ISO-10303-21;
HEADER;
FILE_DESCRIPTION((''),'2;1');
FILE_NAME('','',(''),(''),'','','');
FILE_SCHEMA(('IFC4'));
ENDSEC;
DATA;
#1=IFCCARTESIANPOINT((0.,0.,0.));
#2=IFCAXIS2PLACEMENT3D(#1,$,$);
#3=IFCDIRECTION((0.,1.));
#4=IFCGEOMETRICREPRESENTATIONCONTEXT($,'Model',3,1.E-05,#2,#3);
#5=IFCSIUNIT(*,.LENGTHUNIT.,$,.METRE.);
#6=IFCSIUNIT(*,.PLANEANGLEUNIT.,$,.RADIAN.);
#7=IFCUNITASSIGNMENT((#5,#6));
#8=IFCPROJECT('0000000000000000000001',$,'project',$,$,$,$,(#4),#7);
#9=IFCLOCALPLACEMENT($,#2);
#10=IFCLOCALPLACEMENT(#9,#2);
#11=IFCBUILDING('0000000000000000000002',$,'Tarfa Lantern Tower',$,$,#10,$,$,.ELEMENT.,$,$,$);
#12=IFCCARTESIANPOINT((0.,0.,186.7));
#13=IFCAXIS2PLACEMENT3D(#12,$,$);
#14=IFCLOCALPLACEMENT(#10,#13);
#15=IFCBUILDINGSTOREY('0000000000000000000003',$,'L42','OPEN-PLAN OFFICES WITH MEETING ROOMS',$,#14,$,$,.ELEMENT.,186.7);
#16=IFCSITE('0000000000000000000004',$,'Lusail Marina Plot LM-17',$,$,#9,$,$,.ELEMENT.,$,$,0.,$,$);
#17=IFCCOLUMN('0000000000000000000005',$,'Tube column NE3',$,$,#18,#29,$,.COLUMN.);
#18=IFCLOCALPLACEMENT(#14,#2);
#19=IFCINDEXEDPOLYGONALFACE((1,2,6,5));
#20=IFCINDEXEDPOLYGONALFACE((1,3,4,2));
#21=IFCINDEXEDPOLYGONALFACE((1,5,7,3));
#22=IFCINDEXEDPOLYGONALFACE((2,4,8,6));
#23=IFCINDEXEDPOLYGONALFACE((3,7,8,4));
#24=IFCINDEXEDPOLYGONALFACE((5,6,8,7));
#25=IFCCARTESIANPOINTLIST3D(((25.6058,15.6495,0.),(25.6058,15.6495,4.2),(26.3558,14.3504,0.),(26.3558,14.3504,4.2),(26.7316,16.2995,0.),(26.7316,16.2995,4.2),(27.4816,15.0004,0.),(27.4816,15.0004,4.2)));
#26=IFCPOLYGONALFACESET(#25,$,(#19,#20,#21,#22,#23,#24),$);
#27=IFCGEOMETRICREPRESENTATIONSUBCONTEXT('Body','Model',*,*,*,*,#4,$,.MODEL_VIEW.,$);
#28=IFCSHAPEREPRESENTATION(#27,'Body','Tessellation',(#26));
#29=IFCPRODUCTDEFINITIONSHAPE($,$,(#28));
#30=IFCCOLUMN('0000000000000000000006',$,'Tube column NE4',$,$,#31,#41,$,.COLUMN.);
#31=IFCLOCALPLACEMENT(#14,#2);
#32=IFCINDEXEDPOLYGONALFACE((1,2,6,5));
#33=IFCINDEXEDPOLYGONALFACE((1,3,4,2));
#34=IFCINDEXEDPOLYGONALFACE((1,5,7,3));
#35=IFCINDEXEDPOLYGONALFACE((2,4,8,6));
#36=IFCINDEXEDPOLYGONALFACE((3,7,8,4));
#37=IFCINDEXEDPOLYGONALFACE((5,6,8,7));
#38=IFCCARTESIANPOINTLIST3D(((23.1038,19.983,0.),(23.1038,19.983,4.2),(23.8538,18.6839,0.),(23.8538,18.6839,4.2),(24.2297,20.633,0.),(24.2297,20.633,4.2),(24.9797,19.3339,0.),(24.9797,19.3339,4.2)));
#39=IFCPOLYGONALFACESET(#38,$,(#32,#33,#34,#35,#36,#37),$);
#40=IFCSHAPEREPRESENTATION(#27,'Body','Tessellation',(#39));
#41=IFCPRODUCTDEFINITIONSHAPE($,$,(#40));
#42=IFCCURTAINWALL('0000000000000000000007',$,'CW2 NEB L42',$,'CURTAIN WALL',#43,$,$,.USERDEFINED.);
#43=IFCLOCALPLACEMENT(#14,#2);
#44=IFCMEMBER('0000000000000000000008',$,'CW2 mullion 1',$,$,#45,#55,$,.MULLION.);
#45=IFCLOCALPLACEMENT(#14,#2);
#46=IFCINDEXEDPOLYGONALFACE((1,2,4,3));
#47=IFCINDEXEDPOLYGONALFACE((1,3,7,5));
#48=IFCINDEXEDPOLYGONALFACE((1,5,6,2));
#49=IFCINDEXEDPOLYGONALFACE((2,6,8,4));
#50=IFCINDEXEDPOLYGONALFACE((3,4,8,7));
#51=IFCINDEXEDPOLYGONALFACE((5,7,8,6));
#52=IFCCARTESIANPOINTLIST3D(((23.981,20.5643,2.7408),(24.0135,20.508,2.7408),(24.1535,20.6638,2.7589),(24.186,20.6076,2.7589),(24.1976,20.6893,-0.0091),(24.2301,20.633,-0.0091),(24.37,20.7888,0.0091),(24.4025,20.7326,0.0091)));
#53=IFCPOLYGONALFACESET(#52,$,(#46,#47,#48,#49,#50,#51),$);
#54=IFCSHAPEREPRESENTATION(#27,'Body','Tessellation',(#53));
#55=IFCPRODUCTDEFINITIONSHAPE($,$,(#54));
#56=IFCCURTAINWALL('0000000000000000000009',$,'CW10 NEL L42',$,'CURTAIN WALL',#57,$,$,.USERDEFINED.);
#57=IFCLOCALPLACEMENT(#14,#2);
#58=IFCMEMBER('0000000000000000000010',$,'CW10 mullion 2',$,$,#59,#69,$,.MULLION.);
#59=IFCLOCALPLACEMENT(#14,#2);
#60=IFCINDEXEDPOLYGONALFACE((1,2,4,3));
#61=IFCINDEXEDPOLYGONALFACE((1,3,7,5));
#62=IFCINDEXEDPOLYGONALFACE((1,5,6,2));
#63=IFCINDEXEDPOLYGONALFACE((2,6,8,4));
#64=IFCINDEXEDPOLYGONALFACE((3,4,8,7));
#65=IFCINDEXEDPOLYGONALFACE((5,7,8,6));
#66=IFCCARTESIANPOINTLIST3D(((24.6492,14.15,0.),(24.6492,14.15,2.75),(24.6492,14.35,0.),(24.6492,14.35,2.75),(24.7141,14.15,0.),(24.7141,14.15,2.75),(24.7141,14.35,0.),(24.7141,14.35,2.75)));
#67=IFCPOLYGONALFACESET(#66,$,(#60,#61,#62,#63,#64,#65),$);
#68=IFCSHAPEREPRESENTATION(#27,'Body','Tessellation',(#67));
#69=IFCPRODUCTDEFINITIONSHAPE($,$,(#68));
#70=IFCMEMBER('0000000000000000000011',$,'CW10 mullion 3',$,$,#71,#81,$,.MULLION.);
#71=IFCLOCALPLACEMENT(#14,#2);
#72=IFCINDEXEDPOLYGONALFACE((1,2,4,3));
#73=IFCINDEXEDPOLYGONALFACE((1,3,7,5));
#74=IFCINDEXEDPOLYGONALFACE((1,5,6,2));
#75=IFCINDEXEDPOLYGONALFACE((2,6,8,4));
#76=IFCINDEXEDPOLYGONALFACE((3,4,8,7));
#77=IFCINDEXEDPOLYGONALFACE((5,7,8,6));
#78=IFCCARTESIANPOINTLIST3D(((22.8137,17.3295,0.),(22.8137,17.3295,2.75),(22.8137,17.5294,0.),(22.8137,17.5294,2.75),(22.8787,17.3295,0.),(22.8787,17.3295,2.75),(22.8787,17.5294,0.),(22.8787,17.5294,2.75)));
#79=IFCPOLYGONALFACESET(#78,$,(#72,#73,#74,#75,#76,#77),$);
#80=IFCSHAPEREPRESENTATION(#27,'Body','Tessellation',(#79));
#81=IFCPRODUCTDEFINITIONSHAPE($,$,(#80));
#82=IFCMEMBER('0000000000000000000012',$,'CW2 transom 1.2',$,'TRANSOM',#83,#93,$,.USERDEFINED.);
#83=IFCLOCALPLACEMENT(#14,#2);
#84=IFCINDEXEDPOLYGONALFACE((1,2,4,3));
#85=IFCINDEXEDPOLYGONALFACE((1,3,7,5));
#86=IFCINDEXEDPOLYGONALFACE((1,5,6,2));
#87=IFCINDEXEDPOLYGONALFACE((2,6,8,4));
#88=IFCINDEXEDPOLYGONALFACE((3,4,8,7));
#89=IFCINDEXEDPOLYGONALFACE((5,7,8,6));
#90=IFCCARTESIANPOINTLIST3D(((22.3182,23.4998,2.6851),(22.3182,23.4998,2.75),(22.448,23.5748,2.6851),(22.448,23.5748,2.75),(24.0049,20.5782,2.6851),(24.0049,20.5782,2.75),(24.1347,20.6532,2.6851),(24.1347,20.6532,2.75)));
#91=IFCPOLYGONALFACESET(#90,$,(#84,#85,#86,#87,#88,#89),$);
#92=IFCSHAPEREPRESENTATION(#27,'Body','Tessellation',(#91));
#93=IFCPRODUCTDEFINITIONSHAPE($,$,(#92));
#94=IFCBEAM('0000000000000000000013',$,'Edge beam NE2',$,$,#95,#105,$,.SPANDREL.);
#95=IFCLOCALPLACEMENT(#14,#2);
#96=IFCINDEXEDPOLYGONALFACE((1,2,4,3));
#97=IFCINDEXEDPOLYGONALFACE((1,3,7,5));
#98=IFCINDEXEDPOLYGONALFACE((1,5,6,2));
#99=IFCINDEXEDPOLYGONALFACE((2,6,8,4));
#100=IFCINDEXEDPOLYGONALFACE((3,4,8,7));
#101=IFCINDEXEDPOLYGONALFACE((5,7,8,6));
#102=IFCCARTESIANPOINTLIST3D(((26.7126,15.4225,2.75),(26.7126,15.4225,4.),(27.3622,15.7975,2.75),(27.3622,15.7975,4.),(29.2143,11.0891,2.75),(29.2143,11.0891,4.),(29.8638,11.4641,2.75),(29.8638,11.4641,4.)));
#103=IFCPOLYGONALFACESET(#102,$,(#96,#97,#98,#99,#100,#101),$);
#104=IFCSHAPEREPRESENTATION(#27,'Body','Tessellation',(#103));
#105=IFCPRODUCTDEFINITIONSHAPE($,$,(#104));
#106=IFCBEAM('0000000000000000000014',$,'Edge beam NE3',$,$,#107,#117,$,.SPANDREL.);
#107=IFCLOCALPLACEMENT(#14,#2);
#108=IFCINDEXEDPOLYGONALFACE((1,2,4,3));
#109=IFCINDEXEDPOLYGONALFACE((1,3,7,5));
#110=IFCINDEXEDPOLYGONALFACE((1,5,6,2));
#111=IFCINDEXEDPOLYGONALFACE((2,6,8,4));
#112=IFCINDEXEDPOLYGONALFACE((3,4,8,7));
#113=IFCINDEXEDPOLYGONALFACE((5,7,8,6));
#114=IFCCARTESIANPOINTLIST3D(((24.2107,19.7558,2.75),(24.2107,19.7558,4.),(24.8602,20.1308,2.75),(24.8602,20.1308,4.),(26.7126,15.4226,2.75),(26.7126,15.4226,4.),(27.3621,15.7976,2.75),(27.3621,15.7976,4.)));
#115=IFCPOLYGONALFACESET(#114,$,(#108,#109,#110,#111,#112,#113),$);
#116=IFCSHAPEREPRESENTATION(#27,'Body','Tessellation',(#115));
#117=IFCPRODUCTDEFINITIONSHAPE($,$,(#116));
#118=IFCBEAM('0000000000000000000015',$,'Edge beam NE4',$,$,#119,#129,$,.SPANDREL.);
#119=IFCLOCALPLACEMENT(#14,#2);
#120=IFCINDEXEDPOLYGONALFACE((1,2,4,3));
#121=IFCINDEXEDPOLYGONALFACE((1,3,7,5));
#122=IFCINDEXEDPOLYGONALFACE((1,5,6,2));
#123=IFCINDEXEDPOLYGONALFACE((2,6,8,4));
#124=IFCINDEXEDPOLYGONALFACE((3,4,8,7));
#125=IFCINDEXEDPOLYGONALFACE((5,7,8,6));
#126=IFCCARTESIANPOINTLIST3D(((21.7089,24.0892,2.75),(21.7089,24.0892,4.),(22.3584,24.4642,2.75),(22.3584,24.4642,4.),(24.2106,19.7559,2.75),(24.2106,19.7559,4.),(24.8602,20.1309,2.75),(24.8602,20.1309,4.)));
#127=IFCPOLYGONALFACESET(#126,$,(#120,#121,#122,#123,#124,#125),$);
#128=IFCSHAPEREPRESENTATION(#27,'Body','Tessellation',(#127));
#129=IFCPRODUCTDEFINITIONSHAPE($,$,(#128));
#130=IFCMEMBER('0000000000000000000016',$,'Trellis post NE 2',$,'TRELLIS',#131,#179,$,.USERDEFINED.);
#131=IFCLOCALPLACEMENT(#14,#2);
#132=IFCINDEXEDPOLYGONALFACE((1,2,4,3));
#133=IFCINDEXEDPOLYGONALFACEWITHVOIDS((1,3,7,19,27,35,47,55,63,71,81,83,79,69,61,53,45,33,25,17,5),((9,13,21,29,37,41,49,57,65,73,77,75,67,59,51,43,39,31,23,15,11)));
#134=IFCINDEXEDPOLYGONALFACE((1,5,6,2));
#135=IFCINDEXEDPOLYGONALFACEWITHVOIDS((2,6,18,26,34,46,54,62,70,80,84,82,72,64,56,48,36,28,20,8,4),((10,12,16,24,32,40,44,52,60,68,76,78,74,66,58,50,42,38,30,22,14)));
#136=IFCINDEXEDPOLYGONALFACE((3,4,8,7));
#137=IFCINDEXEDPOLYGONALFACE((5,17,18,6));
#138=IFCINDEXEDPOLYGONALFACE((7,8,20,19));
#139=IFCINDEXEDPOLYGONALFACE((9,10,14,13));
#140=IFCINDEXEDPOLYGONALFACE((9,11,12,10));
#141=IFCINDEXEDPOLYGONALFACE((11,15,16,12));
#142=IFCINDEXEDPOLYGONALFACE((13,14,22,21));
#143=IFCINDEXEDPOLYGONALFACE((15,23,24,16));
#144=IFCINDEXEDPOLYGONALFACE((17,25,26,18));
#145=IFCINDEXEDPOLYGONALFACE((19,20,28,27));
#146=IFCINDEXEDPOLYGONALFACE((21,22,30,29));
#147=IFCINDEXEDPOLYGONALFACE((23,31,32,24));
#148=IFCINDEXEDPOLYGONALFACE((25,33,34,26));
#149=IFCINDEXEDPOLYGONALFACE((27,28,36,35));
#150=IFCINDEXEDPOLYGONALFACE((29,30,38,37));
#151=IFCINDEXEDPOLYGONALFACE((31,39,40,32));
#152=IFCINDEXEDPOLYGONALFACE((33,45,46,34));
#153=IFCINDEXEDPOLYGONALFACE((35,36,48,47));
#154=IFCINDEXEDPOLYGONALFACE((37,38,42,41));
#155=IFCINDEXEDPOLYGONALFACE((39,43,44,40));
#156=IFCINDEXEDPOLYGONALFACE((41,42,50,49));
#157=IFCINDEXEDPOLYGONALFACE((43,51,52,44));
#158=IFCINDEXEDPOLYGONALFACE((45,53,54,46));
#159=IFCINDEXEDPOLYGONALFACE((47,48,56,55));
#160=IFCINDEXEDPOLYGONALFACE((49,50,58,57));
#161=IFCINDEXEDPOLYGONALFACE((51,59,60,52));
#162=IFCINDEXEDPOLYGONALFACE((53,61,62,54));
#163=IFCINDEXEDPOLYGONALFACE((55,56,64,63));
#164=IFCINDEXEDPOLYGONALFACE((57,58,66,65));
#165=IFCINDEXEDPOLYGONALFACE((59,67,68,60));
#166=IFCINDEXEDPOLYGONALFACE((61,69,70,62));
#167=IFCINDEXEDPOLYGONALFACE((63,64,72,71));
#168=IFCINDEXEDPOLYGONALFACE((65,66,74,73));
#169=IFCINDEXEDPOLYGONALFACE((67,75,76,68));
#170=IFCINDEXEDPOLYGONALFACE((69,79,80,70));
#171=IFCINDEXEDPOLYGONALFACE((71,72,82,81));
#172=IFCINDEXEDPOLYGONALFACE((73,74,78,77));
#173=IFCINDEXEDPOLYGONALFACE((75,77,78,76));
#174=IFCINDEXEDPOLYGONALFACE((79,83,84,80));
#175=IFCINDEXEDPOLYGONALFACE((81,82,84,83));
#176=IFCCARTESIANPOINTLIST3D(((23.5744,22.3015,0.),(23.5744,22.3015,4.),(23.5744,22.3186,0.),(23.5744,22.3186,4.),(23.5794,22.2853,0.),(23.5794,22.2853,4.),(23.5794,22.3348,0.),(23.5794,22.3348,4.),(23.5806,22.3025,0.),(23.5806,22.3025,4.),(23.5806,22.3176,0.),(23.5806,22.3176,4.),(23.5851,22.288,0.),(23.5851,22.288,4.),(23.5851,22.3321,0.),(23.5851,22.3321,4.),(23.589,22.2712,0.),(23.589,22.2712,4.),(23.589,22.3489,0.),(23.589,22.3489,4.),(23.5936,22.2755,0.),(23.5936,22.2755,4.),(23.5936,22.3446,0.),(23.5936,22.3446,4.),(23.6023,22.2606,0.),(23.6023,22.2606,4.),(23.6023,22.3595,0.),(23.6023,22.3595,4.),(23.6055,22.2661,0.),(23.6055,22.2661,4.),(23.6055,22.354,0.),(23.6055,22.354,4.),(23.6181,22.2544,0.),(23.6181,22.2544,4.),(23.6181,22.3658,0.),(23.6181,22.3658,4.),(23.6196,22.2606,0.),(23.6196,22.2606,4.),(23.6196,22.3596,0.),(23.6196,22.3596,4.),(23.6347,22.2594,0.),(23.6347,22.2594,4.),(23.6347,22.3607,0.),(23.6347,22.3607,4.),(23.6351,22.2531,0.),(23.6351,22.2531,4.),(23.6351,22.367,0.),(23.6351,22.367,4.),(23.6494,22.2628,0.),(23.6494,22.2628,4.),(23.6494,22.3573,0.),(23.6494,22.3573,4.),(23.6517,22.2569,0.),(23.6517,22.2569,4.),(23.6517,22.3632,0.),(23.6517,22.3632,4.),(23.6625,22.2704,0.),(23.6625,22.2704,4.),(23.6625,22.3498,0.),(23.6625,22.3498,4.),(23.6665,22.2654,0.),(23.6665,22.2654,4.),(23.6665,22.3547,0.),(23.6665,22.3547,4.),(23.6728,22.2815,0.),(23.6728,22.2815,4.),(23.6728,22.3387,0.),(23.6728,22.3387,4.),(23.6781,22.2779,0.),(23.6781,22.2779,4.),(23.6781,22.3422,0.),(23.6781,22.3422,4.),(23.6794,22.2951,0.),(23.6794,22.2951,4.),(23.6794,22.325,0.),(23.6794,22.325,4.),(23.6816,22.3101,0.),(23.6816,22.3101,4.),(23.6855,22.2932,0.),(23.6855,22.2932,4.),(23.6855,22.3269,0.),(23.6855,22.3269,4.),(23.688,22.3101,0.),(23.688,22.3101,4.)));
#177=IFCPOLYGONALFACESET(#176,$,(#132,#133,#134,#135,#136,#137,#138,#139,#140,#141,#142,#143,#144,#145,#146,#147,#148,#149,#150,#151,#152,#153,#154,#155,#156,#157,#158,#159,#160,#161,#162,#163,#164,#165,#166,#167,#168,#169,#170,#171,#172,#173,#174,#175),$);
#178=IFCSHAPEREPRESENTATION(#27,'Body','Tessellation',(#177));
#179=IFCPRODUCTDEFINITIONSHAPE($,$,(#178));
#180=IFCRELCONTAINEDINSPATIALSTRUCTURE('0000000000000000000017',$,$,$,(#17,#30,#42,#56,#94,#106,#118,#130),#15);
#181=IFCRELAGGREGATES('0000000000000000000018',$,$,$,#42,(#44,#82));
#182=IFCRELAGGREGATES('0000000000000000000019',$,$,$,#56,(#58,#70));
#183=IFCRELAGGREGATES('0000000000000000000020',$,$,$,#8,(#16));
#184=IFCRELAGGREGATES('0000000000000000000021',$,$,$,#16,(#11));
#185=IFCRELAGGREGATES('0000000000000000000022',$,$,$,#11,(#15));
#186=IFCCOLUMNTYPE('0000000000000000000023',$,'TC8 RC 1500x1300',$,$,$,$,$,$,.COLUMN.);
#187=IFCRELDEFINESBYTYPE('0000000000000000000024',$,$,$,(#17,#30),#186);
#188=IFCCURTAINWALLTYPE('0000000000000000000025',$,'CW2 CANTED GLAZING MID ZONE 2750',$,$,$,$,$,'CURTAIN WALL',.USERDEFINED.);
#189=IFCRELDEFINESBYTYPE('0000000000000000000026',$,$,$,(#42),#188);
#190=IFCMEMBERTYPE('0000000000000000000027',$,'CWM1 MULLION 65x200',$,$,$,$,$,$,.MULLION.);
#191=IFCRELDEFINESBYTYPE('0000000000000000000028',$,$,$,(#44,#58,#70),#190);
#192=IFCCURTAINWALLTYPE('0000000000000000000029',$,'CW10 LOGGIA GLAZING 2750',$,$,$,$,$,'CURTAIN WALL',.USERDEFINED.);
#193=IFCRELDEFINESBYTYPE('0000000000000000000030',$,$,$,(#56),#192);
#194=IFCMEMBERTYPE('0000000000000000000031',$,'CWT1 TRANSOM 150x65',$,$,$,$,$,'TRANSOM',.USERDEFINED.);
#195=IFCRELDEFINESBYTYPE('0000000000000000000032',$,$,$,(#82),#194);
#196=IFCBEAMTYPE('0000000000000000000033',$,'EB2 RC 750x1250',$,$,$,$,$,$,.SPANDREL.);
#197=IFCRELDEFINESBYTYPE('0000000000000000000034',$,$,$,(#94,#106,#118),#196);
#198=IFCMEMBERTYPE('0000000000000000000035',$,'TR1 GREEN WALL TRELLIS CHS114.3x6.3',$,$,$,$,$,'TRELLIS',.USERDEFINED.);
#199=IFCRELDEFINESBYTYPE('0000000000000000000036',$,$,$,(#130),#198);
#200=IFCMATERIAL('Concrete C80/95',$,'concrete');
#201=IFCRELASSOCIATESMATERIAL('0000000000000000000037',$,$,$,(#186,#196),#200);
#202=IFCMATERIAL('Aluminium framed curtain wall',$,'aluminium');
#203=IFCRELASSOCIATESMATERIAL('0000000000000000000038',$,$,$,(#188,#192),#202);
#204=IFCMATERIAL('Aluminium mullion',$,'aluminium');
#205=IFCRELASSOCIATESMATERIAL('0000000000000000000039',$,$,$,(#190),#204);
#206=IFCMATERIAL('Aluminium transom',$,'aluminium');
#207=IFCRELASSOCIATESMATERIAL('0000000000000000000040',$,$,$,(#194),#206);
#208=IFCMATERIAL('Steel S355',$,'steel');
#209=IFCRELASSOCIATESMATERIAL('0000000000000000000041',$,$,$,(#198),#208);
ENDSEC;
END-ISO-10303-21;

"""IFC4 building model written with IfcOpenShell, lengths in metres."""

from ifc_helpers import new_model, si_unit, direction, frame, origin, origin_2d, place, context, subcontext, project, spatial, rectangle, hollow_circle, extrude, material, material_profile, profile_set, type_object, element, aggregate, save


model = new_model("IFC4")

# Units and contexts
model_context = context("Model", 3, precision=1e-05, world=origin(), true_north=direction((0.0, 1.0)))
body_context = subcontext(model_context, "Body", "Model", "MODEL_VIEW")
ifc_project = project(units=[si_unit("LENGTHUNIT", "METRE"), si_unit("PLANEANGLEUNIT", "RADIAN")], contexts=[model_context])

# Site, building, storey
site_placement = place(None, origin())
site = spatial("IfcSite", under=ifc_project, at=site_placement, Name="Lusail Marina Plot LM-17", CompositionType="ELEMENT", RefElevation=0.0)
building_placement = place(site_placement, origin())
building = spatial("IfcBuilding", under=site, at=building_placement, Name="Tarfa Lantern Tower", CompositionType="ELEMENT")
storey_placement = place(building_placement, frame((0.0, 0.0, 186.7)))
storey = spatial("IfcBuildingStorey", under=building, at=storey_placement, Name="L42", Description="OPEN-PLAN OFFICES WITH MEETING ROOMS", CompositionType="ELEMENT", Elevation=186.7)

# Columns
ifc_material_1 = material(Name="Concrete C80/95", Category="concrete")
ifc_material_profile_1 = material_profile(ifc_material_1, rectangle(XDim=1.5, YDim=1.3, at=origin_2d()), Name="RC 1500x1300")
ifc_profile_set_1 = profile_set([ifc_material_profile_1], Name="Concrete C80/95")
column_type = type_object("IfcColumnType", Name="TC8 RC 1500x1300", PredefinedType="COLUMN", material=ifc_profile_set_1)
for number, where, z_axis, x_axis, name in (
    (1, (26.5437, 15.325, 0.0), (0.0, 0.0, 1.0), (-0.5, 0.866025, 0.0), "Tube column NE3"),
    (2, (24.0417, 19.6584, 0.0), (0.0, 0.0, 1.0), (-0.5, 0.866025, 0.0), "Tube column NE4"),
):
    element("IfcColumn", number, at=place(storey_placement, frame(where, z_axis=z_axis, x_axis=x_axis)), inside=storey, type_object=column_type, Name=name, PredefinedType="COLUMN", context=body_context, shape_type="SweptSolid", body=[
        extrude(rectangle(XDim=1.5, YDim=1.3, at=origin_2d()), origin(), (0.0, 0.0, 1.0), 4.2),
    ])

# Curtain wall, member
ifc_material_2 = material(Name="Aluminium framed curtain wall", Category="aluminium")
curtain_wall_type_1 = type_object("IfcCurtainWallType", Name="CW2 CANTED GLAZING MID ZONE 2750", ElementType="CURTAIN WALL", PredefinedType="USERDEFINED", material=ifc_material_2)
curtain_wall_1_placement = place(storey_placement, origin())
curtain_wall_1 = element("IfcCurtainWall", 3, at=curtain_wall_1_placement, inside=storey, type_object=curtain_wall_type_1, Name="CW2 NEB L42", ObjectType="CURTAIN WALL", PredefinedType="USERDEFINED")
ifc_material_3 = material(Name="Aluminium mullion", Category="aluminium")
ifc_material_profile_2 = material_profile(ifc_material_3, rectangle(XDim=0.0649, YDim=0.2, at=origin_2d()), Name="AL MULLION 65x200")
ifc_profile_set_2 = profile_set([ifc_material_profile_2], Name="Aluminium mullion")
member_type_1 = type_object("IfcMemberType", Name="CWM1 MULLION 65x200", PredefinedType="MULLION", material=ifc_profile_set_2)
member_1_placement = place(storey_placement, frame((24.3, 20.7109, 0.0), z_axis=(-0.078423, -0.045268, 0.995892), x_axis=(0.49992, -0.866072, 0.0)))
member_1 = element("IfcMember", 4, at=member_1_placement, type_object=member_type_1, Name="CW2 mullion 1", PredefinedType="MULLION", context=body_context, shape_type="SweptSolid", body=[
    extrude(rectangle(XDim=0.0649, YDim=0.2, at=origin_2d()), origin(), (0.0, 0.0, 1.0), 2.7612),
])

# Curtain wall, members
curtain_wall_type_2 = type_object("IfcCurtainWallType", Name="CW10 LOGGIA GLAZING 2750", ElementType="CURTAIN WALL", PredefinedType="USERDEFINED", material=ifc_material_2)
curtain_wall_2_placement = place(storey_placement, origin())
curtain_wall_2 = element("IfcCurtainWall", 5, at=curtain_wall_2_placement, inside=storey, type_object=curtain_wall_type_2, Name="CW10 NEL L42", ObjectType="CURTAIN WALL", PredefinedType="USERDEFINED")
member_2_placement = place(storey_placement, frame((24.6816, 14.25, 0.0), z_axis=(0.0, 0.0, 1.0), x_axis=(1.0, 0.0, 0.0)))
member_2 = element("IfcMember", 6, at=member_2_placement, type_object=member_type_1, Name="CW10 mullion 2", PredefinedType="MULLION", context=body_context, shape_type="SweptSolid", body=[
    extrude(rectangle(XDim=0.0649, YDim=0.2, at=origin_2d()), origin(), (0.0, 0.0, 1.0), 2.75),
])
member_3_placement = place(storey_placement, frame((22.8462, 17.4294, 0.0), z_axis=(0.0, 0.0, 1.0), x_axis=(1.0, 0.0, 0.0)))
member_3 = element("IfcMember", 7, at=member_3_placement, type_object=member_type_1, Name="CW10 mullion 3", PredefinedType="MULLION", context=body_context, shape_type="SweptSolid", body=[
    extrude(rectangle(XDim=0.0649, YDim=0.2, at=origin_2d()), origin(), (0.0, 0.0, 1.0), 2.75),
])

# Member
ifc_material_4 = material(Name="Aluminium transom", Category="aluminium")
ifc_material_profile_3 = material_profile(ifc_material_4, rectangle(XDim=0.1499, YDim=0.0649, at=origin_2d()), Name="AL TRANSOM 150x65")
ifc_profile_set_3 = profile_set([ifc_material_profile_3], Name="Aluminium transom")
member_type_2 = type_object("IfcMemberType", Name="CWT1 TRANSOM 150x65", ElementType="TRANSOM", PredefinedType="USERDEFINED", material=ifc_profile_set_3)
member_4_placement = place(storey_placement, frame((24.0698, 20.6157, 2.7175), z_axis=(-0.499992, 0.86603, 0.0), x_axis=(-0.86603, -0.499992, 0.0)))
member_4 = element("IfcMember", 8, at=member_4_placement, type_object=member_type_2, Name="CW2 transom 1.2", ObjectType="TRANSOM", PredefinedType="USERDEFINED", context=body_context, shape_type="SweptSolid", body=[
    extrude(rectangle(XDim=0.1499, YDim=0.0649, at=origin_2d()), origin(), (0.0, 0.0, 1.0), 3.3735),
])

# Beams
ifc_material_profile_4 = material_profile(ifc_material_1, rectangle(XDim=0.75, YDim=1.25, at=origin_2d()), Name="RC 750x1250")
ifc_profile_set_4 = profile_set([ifc_material_profile_4], Name="Concrete C80/95")
beam_type_1 = type_object("IfcBeamType", Name="EB2 RC 750x1250", PredefinedType="SPANDREL", material=ifc_profile_set_4)
for number, where, z_axis, x_axis, name in (
    (9, (29.5391, 11.2766, 3.375), (-0.499965, 0.866046, 0.0), (-0.866046, -0.499965, 0.0), "Edge beam NE2"),
    (10, (27.0374, 15.6101, 3.375), (-0.500022, 0.866013, 0.0), (-0.866013, -0.500022, 0.0), "Edge beam NE3"),
    (11, (24.5354, 19.9434, 3.375), (-0.499986, 0.866034, 0.0), (-0.866034, -0.499986, 0.0), "Edge beam NE4"),
):
    element("IfcBeam", number, at=place(storey_placement, frame(where, z_axis=z_axis, x_axis=x_axis)), inside=storey, type_object=beam_type_1, Name=name, PredefinedType="SPANDREL", context=body_context, shape_type="SweptSolid", body=[
        extrude(rectangle(XDim=0.75, YDim=1.25, at=origin_2d()), origin(), (0.0, 0.0, 1.0), 5.0037),
    ])

# Member
ifc_material_5 = material(Name="Steel S355", Category="steel")
ifc_material_profile_5 = material_profile(ifc_material_5, hollow_circle(Radius=0.0571, WallThickness=0.0063, at=origin_2d()), Name="CHS114.3x6.3")
ifc_profile_set_5 = profile_set([ifc_material_profile_5], Name="Steel S355")
member_type_3 = type_object("IfcMemberType", Name="TR1 GREEN WALL TRELLIS CHS114.3x6.3", ElementType="TRELLIS", PredefinedType="USERDEFINED", material=ifc_profile_set_5)
member_5_placement = place(storey_placement, frame((23.6309, 22.3101, 0.0), z_axis=(0.0, 0.0, 1.0), x_axis=(1.0, 0.0, 0.0)))
element("IfcMember", 12, at=member_5_placement, inside=storey, type_object=member_type_3, Name="Trellis post NE 2", ObjectType="TRELLIS", PredefinedType="USERDEFINED", context=body_context, shape_type="SweptSolid", body=[
    extrude(hollow_circle(Radius=0.0571, WallThickness=0.0063, at=origin_2d()), origin(), (0.0, 0.0, 1.0), 4.0),
])

aggregate(curtain_wall_1, [member_1, member_4])
aggregate(curtain_wall_2, [member_2, member_3])

save(model, "model.ifc")
